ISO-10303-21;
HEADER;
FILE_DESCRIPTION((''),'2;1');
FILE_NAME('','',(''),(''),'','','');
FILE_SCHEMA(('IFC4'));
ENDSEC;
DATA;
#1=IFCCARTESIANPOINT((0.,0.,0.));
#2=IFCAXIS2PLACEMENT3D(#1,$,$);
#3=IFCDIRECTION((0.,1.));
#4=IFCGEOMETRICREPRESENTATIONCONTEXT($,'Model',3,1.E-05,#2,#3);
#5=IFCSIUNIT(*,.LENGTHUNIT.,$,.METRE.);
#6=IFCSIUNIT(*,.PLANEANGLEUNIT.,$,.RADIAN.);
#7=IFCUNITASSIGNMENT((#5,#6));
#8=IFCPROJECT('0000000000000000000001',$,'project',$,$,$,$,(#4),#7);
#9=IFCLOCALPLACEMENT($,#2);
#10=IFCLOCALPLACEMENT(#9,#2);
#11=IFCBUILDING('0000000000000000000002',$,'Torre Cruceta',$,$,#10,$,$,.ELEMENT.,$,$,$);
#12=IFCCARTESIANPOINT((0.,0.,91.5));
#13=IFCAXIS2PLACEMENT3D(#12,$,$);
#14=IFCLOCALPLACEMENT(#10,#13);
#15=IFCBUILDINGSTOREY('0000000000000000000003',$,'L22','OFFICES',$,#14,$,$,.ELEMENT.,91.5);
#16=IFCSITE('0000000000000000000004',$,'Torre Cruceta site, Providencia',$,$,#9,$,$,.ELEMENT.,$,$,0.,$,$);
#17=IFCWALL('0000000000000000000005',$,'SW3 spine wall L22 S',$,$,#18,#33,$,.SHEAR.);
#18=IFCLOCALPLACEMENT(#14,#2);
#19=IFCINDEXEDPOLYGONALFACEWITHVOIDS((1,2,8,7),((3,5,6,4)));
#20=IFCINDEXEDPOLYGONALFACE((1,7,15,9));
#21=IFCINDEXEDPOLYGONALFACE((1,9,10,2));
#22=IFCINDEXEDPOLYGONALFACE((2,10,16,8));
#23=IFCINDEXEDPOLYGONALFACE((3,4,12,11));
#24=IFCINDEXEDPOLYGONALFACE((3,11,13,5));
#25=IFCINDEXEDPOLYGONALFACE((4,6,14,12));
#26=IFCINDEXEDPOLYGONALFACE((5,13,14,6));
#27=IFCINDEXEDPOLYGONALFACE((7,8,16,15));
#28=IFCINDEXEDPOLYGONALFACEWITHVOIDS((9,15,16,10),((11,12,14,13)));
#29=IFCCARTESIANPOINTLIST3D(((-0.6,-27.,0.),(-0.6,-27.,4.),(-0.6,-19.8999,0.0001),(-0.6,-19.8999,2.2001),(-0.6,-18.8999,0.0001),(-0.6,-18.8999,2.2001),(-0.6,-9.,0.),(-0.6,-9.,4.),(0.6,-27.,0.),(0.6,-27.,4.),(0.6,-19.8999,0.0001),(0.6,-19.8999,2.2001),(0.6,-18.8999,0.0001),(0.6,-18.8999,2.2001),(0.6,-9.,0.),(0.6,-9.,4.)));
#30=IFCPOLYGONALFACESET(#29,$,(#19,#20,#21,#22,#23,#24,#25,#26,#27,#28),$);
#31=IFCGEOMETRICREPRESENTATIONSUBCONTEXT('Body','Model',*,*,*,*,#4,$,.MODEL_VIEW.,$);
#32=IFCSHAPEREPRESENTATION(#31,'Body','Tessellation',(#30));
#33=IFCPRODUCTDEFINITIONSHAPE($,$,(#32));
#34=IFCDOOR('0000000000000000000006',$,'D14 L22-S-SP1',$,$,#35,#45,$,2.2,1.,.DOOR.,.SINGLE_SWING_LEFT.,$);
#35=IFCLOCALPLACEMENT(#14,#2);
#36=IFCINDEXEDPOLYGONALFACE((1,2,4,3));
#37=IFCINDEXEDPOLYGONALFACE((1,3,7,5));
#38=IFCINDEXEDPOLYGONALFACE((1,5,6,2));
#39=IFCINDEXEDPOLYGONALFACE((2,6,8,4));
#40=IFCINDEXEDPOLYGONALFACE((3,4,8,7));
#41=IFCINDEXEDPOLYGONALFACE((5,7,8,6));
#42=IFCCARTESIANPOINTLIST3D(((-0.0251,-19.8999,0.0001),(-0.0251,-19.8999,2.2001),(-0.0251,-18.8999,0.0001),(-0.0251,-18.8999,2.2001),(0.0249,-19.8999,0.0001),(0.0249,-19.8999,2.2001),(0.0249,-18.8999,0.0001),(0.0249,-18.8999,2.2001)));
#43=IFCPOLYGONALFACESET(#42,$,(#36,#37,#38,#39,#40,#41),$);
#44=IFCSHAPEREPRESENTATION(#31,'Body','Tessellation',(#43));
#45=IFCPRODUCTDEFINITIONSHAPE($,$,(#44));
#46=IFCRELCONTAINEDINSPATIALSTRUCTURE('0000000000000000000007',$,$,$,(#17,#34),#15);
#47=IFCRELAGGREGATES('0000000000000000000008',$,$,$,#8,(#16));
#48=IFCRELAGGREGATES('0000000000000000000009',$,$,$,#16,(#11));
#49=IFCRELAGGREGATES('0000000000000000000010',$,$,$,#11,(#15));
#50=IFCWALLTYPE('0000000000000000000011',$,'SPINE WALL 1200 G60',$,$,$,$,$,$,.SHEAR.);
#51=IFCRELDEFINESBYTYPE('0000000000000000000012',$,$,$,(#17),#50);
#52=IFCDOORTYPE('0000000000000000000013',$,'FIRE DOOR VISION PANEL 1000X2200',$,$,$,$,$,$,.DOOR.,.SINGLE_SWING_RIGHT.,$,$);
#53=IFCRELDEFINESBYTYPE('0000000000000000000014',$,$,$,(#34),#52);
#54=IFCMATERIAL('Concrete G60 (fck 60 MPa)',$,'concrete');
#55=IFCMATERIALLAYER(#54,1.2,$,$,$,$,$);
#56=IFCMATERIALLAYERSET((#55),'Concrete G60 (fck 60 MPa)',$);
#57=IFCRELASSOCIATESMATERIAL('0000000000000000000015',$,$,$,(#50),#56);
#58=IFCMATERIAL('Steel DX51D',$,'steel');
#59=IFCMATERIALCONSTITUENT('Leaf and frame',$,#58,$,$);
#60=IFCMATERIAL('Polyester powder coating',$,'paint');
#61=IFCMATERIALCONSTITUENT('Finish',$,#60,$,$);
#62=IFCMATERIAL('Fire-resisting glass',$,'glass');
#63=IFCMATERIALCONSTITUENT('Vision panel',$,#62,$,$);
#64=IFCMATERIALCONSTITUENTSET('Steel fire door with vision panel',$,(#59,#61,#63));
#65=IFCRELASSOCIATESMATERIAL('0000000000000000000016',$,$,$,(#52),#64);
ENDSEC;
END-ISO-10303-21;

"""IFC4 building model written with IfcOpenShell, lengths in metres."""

from ifc_helpers import new_model, si_unit, direction, frame, frame_2d, origin, place, context, subcontext, project, spatial, rectangle, extrude, material, layer, layer_set, constituent, constituent_set, type_object, element, fill, save


model = new_model("IFC4")

# Units and contexts
model_context = context("Model", 3, precision=1e-05, world=origin(), true_north=direction((0.0, 1.0)))
body_context = subcontext(model_context, "Body", "Model", "MODEL_VIEW")
ifc_project = project(units=[si_unit("LENGTHUNIT", "METRE"), si_unit("PLANEANGLEUNIT", "RADIAN")], contexts=[model_context])

# Site, building, storey
site_placement = place(None, origin())
site = spatial("IfcSite", under=ifc_project, at=site_placement, Name="Torre Cruceta site, Providencia", CompositionType="ELEMENT", RefElevation=0.0)
building_placement = place(site_placement, origin())
building = spatial("IfcBuilding", under=site, at=building_placement, Name="Torre Cruceta", CompositionType="ELEMENT")
storey_placement = place(building_placement, frame((0.0, 0.0, 91.5)))
storey = spatial("IfcBuildingStorey", under=building, at=storey_placement, Name="L22", Description="OFFICES", CompositionType="ELEMENT", Elevation=91.5)

# Wall, opening, door
ifc_material_1 = material(Name="Concrete G60 (fck 60 MPa)", Category="concrete")
ifc_layer_1 = layer(ifc_material_1, 1.2)
ifc_layer_set_1 = layer_set([ifc_layer_1], Name="Concrete G60 (fck 60 MPa)")
wall_type_1 = type_object("IfcWallType", Name="SPINE WALL 1200 G60", PredefinedType="SHEAR", material=ifc_layer_set_1)
wall_1_placement = place(storey_placement, frame((0.0, -9.0, 0.0), z_axis=(0.0, 0.0, 1.0), x_axis=(0.0, -1.0, 0.0)))
wall_1 = element("IfcWall", 1, at=wall_1_placement, inside=storey, type_object=wall_type_1, Name="SW3 spine wall L22 S", PredefinedType="SHEAR", context=body_context, shape_type="SweptSolid", body=[
    extrude(rectangle(XDim=18.0, YDim=1.2, at=frame_2d((9.0, 0.0))), origin(), (0.0, 0.0, 1.0), 4.0),
])
opening_1_placement = place(wall_1_placement, frame((9.8999, 0.0, 0.0)))
opening_1 = element("IfcOpeningElement", 2, at=opening_1_placement, cuts=wall_1, PredefinedType="OPENING", context=body_context, shape_type="SweptSolid", body=[
    extrude(rectangle(XDim=1.0, YDim=2.2, at=frame_2d((0.5, 1.1001))), frame((0.0, 0.6099, 0.0), z_axis=(0.0, -1.0, 0.0), x_axis=(1.0, 0.0, 0.0)), (0.0, 0.0, 1.0), 1.22),
])
ifc_material_2 = material(Name="Steel DX51D", Category="steel")
ifc_constituent_1 = constituent(ifc_material_2, Name="Leaf and frame")
ifc_material_3 = material(Name="Polyester powder coating", Category="paint")
ifc_constituent_2 = constituent(ifc_material_3, Name="Finish")
ifc_material_4 = material(Name="Fire-resisting glass", Category="glass")
ifc_constituent_3 = constituent(ifc_material_4, Name="Vision panel")
ifc_constituent_set_1 = constituent_set(constituents=[ifc_constituent_1, ifc_constituent_2, ifc_constituent_3], Name="Steel fire door with vision panel")
door_type_1 = type_object("IfcDoorType", Name="FIRE DOOR VISION PANEL 1000X2200", OperationType="SINGLE_SWING_RIGHT", PredefinedType="DOOR", material=ifc_constituent_set_1)
door_1_placement = place(opening_1_placement, frame((1.0, 0.0, 0.0), z_axis=(0.0, 0.0, 1.0), x_axis=(-1.0, 0.0, 0.0)))
door_1 = element("IfcDoor", 3, at=door_1_placement, inside=storey, type_object=door_type_1, Name="D14 L22-S-SP1", OperationType="SINGLE_SWING_LEFT", OverallHeight=2.2, OverallWidth=1.0, PredefinedType="DOOR", context=body_context, shape_type="SweptSolid", body=[
    extrude(rectangle(XDim=1.0, YDim=2.2, at=frame_2d((0.5, 1.1001))), frame((0.0, 0.0251, 0.0), z_axis=(0.0, -1.0, 0.0), x_axis=(1.0, 0.0, 0.0)), (0.0, 0.0, 1.0), 0.05),
])
fill(opening_1, door_1)

save(model, "model.ifc")
